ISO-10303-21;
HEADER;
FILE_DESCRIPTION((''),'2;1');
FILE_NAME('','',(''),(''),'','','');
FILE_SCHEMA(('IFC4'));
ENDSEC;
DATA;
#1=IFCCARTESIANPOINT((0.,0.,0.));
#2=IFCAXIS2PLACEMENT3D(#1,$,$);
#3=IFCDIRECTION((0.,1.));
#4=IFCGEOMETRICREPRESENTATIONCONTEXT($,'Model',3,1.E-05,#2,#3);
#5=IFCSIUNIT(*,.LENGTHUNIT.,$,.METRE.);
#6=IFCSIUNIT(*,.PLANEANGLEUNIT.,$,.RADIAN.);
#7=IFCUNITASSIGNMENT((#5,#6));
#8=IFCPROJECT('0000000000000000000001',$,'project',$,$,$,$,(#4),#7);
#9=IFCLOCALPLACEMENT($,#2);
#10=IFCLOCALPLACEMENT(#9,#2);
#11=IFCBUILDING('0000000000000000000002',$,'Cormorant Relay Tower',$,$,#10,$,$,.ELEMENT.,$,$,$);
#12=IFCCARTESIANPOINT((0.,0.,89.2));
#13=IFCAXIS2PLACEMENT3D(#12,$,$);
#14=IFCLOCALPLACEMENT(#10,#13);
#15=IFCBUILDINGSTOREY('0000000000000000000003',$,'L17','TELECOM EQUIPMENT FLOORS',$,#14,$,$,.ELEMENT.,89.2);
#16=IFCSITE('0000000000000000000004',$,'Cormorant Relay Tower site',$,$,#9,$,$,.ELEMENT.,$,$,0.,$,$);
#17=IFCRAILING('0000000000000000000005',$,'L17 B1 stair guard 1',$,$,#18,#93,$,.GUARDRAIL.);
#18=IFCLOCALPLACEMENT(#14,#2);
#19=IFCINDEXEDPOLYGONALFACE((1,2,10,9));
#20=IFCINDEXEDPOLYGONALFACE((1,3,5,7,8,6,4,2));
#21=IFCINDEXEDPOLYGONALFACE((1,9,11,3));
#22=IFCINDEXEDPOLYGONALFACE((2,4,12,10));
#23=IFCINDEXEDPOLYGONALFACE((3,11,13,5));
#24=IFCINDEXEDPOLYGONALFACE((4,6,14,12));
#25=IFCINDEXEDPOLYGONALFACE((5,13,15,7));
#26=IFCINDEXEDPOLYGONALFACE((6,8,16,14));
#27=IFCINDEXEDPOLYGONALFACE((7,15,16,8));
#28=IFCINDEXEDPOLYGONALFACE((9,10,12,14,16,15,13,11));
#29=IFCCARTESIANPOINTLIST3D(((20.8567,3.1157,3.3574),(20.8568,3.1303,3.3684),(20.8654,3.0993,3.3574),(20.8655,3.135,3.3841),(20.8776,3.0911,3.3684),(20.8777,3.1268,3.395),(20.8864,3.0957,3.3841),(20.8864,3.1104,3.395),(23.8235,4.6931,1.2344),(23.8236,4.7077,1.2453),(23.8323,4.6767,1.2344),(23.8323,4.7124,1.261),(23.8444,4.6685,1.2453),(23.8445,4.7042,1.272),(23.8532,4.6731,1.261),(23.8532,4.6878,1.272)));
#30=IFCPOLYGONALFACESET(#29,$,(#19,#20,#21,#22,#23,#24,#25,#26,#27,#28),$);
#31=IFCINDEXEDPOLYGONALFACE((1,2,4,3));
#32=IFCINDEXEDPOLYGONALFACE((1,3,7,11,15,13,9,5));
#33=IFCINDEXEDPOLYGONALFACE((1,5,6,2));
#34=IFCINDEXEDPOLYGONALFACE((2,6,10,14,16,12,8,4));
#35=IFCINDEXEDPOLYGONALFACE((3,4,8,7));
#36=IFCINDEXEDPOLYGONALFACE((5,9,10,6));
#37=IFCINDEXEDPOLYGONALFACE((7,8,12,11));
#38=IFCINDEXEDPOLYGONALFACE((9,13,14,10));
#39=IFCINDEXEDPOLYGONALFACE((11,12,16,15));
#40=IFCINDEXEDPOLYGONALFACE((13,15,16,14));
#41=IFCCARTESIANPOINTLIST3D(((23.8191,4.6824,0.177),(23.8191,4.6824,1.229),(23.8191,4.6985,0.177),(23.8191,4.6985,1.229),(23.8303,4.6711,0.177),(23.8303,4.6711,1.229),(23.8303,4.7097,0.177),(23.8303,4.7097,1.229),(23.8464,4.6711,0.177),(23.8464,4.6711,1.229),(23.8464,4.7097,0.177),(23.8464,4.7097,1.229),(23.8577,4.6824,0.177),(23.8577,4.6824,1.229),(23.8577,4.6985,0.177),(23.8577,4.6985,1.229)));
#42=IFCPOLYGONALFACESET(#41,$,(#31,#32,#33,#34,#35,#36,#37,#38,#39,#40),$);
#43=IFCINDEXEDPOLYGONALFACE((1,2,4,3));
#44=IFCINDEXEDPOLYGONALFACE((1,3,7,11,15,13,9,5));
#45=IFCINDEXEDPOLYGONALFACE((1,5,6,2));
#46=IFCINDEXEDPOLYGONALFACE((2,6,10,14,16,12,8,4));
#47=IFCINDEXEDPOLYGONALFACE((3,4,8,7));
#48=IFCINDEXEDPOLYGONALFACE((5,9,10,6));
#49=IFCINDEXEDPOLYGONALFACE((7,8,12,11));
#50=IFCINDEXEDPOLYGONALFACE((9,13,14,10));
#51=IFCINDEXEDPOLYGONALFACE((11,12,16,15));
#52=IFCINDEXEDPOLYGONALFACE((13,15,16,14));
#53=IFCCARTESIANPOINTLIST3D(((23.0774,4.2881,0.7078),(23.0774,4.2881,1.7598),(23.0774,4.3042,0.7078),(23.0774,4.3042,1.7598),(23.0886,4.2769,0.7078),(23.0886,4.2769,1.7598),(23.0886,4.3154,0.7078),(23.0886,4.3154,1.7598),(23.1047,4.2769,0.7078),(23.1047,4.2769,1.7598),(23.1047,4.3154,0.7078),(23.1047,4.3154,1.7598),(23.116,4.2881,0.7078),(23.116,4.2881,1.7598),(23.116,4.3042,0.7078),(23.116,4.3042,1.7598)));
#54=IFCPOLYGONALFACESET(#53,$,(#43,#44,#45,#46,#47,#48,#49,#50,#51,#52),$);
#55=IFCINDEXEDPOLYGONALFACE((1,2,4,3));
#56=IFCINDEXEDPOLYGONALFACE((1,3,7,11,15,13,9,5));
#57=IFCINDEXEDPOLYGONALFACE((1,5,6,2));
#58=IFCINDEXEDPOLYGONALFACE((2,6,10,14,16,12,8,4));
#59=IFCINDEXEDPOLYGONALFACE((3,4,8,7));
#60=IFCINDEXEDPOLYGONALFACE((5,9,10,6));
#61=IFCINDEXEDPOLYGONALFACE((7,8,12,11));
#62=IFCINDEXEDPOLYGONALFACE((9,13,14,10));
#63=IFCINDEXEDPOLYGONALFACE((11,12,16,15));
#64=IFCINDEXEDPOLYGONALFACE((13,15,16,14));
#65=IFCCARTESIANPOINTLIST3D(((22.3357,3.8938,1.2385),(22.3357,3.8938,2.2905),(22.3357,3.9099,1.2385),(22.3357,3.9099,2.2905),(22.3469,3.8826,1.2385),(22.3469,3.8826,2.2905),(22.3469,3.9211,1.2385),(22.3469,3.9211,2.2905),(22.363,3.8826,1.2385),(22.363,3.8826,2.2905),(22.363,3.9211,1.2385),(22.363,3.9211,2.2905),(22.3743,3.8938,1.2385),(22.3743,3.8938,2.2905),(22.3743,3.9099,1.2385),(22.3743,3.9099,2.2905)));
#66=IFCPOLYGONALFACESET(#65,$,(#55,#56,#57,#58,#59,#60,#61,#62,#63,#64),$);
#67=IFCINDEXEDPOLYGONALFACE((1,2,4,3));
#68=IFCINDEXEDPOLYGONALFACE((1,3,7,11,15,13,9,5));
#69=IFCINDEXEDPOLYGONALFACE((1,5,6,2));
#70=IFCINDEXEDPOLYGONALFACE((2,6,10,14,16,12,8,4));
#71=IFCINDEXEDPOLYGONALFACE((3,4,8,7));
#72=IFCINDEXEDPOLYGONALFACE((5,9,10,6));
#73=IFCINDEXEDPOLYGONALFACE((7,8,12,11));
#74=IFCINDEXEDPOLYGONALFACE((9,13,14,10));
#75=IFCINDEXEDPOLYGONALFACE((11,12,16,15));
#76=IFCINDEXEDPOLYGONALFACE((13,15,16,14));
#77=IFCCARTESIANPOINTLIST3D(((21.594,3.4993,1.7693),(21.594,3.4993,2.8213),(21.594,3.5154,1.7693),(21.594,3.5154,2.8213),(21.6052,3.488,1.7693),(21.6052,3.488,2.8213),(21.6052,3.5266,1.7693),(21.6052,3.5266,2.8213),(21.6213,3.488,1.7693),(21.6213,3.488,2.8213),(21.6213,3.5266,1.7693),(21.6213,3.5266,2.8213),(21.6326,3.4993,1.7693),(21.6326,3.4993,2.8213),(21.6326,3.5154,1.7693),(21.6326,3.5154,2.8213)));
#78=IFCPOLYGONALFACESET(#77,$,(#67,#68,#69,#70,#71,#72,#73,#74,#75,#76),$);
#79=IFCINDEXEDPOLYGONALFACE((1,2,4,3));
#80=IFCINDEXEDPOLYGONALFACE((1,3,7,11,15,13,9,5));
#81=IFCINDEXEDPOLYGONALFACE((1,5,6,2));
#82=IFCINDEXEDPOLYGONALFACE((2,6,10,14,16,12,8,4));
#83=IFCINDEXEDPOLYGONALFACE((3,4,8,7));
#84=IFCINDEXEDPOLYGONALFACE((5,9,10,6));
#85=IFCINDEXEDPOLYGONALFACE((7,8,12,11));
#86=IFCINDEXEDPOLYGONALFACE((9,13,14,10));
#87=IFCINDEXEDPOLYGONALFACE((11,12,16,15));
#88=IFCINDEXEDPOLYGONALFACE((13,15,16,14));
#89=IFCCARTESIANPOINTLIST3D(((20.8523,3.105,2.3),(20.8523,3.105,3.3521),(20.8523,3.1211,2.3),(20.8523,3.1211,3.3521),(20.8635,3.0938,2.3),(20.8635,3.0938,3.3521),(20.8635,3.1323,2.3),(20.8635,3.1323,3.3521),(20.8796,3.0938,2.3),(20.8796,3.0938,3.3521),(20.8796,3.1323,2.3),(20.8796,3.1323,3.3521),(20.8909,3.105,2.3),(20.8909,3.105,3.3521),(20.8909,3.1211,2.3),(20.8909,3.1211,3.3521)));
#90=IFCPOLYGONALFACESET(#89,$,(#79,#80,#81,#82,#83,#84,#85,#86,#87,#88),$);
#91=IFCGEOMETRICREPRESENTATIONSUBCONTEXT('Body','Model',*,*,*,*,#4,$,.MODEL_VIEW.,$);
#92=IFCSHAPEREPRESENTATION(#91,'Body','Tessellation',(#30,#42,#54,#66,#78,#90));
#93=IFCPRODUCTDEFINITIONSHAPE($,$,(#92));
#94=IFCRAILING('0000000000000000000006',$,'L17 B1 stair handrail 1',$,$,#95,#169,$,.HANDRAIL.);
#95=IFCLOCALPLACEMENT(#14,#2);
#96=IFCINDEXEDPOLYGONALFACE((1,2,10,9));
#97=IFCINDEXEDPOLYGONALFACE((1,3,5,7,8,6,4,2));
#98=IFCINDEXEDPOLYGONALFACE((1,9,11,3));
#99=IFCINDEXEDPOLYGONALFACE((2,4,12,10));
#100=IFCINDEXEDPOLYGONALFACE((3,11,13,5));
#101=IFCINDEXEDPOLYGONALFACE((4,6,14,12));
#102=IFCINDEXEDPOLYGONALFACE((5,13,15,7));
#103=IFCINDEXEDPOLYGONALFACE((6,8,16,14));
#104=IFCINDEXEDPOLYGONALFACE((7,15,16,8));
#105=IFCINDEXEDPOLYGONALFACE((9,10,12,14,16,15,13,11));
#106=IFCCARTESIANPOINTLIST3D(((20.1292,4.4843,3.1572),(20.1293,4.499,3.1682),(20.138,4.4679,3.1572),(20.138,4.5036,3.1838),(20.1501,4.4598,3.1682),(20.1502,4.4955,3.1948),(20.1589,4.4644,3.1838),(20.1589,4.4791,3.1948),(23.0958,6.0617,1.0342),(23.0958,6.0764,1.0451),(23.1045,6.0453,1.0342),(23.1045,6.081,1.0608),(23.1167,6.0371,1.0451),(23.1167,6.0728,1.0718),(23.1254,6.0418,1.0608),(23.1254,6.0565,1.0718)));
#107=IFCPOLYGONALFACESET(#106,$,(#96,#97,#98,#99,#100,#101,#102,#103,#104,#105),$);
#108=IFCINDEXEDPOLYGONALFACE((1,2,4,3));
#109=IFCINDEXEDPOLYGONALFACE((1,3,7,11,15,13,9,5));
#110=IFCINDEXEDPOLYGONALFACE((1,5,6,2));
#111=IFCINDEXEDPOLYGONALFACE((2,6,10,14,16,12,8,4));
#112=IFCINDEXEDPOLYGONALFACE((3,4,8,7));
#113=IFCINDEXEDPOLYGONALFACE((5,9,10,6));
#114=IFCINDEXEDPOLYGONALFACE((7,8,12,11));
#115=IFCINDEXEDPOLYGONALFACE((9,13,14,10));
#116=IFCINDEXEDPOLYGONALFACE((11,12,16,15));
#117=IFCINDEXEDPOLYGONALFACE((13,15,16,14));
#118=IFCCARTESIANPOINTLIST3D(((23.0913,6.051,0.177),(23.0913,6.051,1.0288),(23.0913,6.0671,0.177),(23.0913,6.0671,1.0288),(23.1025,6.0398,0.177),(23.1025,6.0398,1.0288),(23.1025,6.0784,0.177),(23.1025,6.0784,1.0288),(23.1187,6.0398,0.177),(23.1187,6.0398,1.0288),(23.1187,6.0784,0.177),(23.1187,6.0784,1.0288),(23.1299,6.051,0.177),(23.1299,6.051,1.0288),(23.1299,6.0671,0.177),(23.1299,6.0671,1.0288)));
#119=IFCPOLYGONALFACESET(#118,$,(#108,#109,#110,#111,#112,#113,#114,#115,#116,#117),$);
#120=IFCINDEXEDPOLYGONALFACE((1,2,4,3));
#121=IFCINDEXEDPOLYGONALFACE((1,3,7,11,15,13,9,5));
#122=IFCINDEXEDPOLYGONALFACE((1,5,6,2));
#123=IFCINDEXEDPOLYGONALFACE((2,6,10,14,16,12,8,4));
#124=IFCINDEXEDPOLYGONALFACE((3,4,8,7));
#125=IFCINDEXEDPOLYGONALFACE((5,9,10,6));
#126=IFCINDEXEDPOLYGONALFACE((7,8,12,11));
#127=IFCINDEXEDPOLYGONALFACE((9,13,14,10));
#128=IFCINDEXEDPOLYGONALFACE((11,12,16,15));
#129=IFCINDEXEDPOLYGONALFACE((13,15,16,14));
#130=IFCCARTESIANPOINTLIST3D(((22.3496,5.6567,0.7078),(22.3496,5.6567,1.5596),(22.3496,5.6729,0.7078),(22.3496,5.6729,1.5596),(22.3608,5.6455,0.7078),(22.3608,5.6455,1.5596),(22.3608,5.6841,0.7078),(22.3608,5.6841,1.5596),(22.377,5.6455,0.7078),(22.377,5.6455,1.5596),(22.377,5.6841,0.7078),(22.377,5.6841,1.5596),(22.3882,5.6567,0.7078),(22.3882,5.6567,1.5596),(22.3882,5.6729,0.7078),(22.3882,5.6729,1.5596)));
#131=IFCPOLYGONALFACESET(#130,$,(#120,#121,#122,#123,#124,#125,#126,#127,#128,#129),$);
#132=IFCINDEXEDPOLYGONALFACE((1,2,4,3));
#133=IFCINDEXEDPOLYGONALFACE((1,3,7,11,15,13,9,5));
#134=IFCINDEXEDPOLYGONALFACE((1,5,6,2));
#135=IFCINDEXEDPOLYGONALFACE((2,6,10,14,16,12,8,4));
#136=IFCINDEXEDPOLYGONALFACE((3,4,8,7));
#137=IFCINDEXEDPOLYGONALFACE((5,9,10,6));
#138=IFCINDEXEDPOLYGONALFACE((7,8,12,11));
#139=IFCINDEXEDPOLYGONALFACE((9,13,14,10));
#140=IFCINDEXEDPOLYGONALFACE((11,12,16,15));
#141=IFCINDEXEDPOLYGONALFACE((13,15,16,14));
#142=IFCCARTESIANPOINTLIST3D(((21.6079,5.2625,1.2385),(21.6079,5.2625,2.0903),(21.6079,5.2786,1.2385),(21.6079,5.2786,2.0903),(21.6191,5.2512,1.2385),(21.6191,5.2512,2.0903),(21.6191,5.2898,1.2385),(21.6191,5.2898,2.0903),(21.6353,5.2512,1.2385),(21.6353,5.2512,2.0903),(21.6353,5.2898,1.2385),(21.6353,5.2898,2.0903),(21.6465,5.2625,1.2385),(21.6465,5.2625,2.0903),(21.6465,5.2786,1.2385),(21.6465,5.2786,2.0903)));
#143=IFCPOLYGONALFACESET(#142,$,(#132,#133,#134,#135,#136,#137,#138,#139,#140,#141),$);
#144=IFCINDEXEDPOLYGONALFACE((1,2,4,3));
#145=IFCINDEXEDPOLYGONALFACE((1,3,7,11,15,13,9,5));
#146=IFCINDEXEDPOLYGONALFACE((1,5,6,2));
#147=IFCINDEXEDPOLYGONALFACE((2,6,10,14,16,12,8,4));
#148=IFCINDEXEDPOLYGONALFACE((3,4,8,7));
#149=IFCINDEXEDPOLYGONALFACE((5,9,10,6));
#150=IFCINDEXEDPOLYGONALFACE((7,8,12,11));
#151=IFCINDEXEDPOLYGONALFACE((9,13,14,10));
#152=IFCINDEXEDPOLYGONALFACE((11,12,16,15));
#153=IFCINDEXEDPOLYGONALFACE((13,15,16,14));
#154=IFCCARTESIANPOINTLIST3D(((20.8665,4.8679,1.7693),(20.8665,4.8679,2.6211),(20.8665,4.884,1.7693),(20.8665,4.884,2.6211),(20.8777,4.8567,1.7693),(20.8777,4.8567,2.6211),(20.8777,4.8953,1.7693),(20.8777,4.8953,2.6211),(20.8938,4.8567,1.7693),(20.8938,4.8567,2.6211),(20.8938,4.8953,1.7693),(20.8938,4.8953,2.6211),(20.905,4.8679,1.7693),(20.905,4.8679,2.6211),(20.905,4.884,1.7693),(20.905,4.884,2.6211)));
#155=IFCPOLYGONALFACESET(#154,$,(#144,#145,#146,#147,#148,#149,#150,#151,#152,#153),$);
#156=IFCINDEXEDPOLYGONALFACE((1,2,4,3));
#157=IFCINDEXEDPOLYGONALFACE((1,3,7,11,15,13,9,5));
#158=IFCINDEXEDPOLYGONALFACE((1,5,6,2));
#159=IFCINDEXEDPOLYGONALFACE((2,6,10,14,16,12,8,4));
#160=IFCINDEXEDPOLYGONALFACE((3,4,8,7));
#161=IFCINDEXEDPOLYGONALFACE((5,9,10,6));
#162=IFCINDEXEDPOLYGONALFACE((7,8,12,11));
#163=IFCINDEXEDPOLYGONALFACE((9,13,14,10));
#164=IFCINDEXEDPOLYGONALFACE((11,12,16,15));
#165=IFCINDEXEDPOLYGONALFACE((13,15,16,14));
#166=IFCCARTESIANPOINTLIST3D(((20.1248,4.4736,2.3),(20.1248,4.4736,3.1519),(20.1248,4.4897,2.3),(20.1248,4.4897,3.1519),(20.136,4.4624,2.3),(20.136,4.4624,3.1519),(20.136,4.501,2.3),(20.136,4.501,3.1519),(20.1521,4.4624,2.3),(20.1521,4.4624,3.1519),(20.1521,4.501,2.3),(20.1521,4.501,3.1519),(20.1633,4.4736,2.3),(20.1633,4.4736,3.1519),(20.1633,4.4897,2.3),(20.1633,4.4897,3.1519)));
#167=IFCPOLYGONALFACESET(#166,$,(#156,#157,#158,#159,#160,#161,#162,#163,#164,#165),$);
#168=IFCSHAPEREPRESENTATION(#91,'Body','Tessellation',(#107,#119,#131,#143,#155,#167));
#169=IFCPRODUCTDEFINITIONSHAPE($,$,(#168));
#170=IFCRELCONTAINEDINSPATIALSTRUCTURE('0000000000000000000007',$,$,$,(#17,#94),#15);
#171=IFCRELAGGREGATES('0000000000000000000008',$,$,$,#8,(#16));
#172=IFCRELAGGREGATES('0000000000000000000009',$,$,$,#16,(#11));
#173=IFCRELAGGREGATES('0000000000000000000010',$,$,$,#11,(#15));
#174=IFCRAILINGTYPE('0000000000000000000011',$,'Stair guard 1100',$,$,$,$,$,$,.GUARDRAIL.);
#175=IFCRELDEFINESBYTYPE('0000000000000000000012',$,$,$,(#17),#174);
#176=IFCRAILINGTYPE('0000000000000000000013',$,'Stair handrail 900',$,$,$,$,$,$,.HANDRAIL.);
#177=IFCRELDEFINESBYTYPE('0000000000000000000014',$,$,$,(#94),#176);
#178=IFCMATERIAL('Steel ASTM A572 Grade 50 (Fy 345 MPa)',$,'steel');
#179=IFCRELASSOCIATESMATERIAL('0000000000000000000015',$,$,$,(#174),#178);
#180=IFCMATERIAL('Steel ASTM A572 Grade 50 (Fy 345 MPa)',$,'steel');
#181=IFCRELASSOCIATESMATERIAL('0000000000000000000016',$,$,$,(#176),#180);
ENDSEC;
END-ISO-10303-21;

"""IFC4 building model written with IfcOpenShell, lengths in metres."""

from ifc_helpers import new_model, si_unit, direction, frame, origin, place, context, subcontext, project, spatial, polyline, outline, extrude, material, type_object, element, save


model = new_model("IFC4")

# Units and contexts
model_context = context("Model", 3, precision=1e-05, world=origin(), true_north=direction((0.0, 1.0)))
body_context = subcontext(model_context, "Body", "Model", "MODEL_VIEW")
ifc_project = project(units=[si_unit("LENGTHUNIT", "METRE"), si_unit("PLANEANGLEUNIT", "RADIAN")], contexts=[model_context])

# Site, building, storey
site_placement = place(None, origin())
site = spatial("IfcSite", under=ifc_project, at=site_placement, Name="Cormorant Relay Tower site", CompositionType="ELEMENT", RefElevation=0.0)
building_placement = place(site_placement, origin())
building = spatial("IfcBuilding", under=site, at=building_placement, Name="Cormorant Relay Tower", CompositionType="ELEMENT")
storey_placement = place(building_placement, frame((0.0, 0.0, 89.2)))
storey = spatial("IfcBuildingStorey", under=building, at=storey_placement, Name="L17", Description="TELECOM EQUIPMENT FLOORS", CompositionType="ELEMENT", Elevation=89.2)

# Railings
ifc_material_1 = material(Name="Steel ASTM A572 Grade 50 (Fy 345 MPa)", Category="steel")
railing_type_1 = type_object("IfcRailingType", Name="Stair guard 1100", PredefinedType="GUARDRAIL", material=ifc_material_1)
railing_1_placement = place(storey_placement, frame((23.8384, 4.6904, 0.177)))
element("IfcRailing", 1, at=railing_1_placement, inside=storey, type_object=railing_type_1, Name="L17 B1 stair guard 1", PredefinedType="GUARDRAIL", context=body_context, shape_type="SweptSolid", body=[
    extrude(outline(polyline([(0.0222, 0.0093), (0.0093, 0.0222), (-0.0093, 0.0222), (-0.0222, 0.0093), (-0.0222, -0.0093), (-0.0093, -0.0222), (0.0093, -0.0222), (0.0222, -0.0093), (0.0222, 0.0093)])), frame((0.0, 0.0, 1.0762), z_axis=(-0.746441, -0.396869, 0.534155), x_axis=(0.469453, -0.882958, 0.0)), (0.0, 0.0, 1.0), 3.9746),
    extrude(outline(polyline([(0.0193, 0.0081), (0.0081, 0.0193), (-0.0081, 0.0193), (-0.0193, 0.0081), (-0.0193, -0.0081), (-0.0081, -0.0193), (0.0081, -0.0193), (0.0193, -0.0081), (0.0193, 0.0081)])), origin(), (0.0, 0.0, 1.0), 1.052),
    extrude(outline(polyline([(0.0193, 0.0081), (0.0081, 0.0193), (-0.0081, 0.0193), (-0.0193, 0.0081), (-0.0193, -0.0081), (-0.0081, -0.0193), (0.0081, -0.0193), (0.0193, -0.0081), (0.0193, 0.0081)])), frame((-0.7417, -0.3943, 0.5308)), (0.0, 0.0, 1.0), 1.052),
    extrude(outline(polyline([(0.0193, 0.0081), (0.0081, 0.0193), (-0.0081, 0.0193), (-0.0193, 0.0081), (-0.0193, -0.0081), (-0.0081, -0.0193), (0.0081, -0.0193), (0.0193, -0.0081), (0.0193, 0.0081)])), frame((-1.4834, -0.7886, 1.0615)), (0.0, 0.0, 1.0), 1.052),
    extrude(outline(polyline([(0.0193, 0.0081), (0.0081, 0.0193), (-0.0081, 0.0193), (-0.0193, 0.0081), (-0.0193, -0.0081), (-0.0081, -0.0193), (0.0081, -0.0193), (0.0193, -0.0081), (0.0193, 0.0081)])), frame((-2.2251, -1.1831, 1.5923)), (0.0, 0.0, 1.0), 1.052),
    extrude(outline(polyline([(0.0193, 0.0081), (0.0081, 0.0193), (-0.0081, 0.0193), (-0.0193, 0.0081), (-0.0193, -0.0081), (-0.0081, -0.0193), (0.0081, -0.0193), (0.0193, -0.0081), (0.0193, 0.0081)])), frame((-2.9668, -1.5774, 2.123)), (0.0, 0.0, 1.0), 1.052),
])
ifc_material_2 = material(Name="Steel ASTM A572 Grade 50 (Fy 345 MPa)", Category="steel")
railing_type_2 = type_object("IfcRailingType", Name="Stair handrail 900", PredefinedType="HANDRAIL", material=ifc_material_2)
railing_2_placement = place(storey_placement, frame((23.1106, 6.0591, 0.177)))
element("IfcRailing", 2, at=railing_2_placement, inside=storey, type_object=railing_type_2, Name="L17 B1 stair handrail 1", PredefinedType="HANDRAIL", context=body_context, shape_type="SweptSolid", body=[
    extrude(outline(polyline([(0.0222, 0.0093), (0.0093, 0.0222), (-0.0093, 0.0222), (-0.0222, 0.0093), (-0.0222, -0.0093), (-0.0093, -0.0222), (0.0093, -0.0222), (0.0222, -0.0093), (0.0222, 0.0093)])), frame((0.0, 0.0, 0.876), z_axis=(-0.746413, -0.396887, 0.534179), x_axis=(0.469483, -0.882942, 0.0)), (0.0, 0.0, 1.0), 3.9744),
    extrude(outline(polyline([(0.0193, 0.0081), (0.0081, 0.0193), (-0.0081, 0.0193), (-0.0193, 0.0081), (-0.0193, -0.0081), (-0.0081, -0.0193), (0.0081, -0.0193), (0.0193, -0.0081), (0.0193, 0.0081)])), origin(), (0.0, 0.0, 1.0), 0.8518),
    extrude(outline(polyline([(0.0193, 0.0081), (0.0081, 0.0193), (-0.0081, 0.0193), (-0.0193, 0.0081), (-0.0193, -0.0081), (-0.0081, -0.0193), (0.0081, -0.0193), (0.0193, -0.0081), (0.0193, 0.0081)])), frame((-0.7417, -0.3943, 0.5308)), (0.0, 0.0, 1.0), 0.8518),
    extrude(outline(polyline([(0.0193, 0.0081), (0.0081, 0.0193), (-0.0081, 0.0193), (-0.0193, 0.0081), (-0.0193, -0.0081), (-0.0081, -0.0193), (0.0081, -0.0193), (0.0193, -0.0081), (0.0193, 0.0081)])), frame((-1.4834, -0.7886, 1.0615)), (0.0, 0.0, 1.0), 0.8518),
    extrude(outline(polyline([(0.0193, 0.0081), (0.0081, 0.0193), (-0.0081, 0.0193), (-0.0193, 0.0081), (-0.0193, -0.0081), (-0.0081, -0.0193), (0.0081, -0.0193), (0.0193, -0.0081), (0.0193, 0.0081)])), frame((-2.2249, -1.1831, 1.5923)), (0.0, 0.0, 1.0), 0.8518),
    extrude(outline(polyline([(0.0193, 0.0081), (0.0081, 0.0193), (-0.0081, 0.0193), (-0.0193, 0.0081), (-0.0193, -0.0081), (-0.0081, -0.0193), (0.0081, -0.0193), (0.0193, -0.0081), (0.0193, 0.0081)])), frame((-2.9666, -1.5774, 2.123)), (0.0, 0.0, 1.0), 0.8518),
])

save(model, "model.ifc")
